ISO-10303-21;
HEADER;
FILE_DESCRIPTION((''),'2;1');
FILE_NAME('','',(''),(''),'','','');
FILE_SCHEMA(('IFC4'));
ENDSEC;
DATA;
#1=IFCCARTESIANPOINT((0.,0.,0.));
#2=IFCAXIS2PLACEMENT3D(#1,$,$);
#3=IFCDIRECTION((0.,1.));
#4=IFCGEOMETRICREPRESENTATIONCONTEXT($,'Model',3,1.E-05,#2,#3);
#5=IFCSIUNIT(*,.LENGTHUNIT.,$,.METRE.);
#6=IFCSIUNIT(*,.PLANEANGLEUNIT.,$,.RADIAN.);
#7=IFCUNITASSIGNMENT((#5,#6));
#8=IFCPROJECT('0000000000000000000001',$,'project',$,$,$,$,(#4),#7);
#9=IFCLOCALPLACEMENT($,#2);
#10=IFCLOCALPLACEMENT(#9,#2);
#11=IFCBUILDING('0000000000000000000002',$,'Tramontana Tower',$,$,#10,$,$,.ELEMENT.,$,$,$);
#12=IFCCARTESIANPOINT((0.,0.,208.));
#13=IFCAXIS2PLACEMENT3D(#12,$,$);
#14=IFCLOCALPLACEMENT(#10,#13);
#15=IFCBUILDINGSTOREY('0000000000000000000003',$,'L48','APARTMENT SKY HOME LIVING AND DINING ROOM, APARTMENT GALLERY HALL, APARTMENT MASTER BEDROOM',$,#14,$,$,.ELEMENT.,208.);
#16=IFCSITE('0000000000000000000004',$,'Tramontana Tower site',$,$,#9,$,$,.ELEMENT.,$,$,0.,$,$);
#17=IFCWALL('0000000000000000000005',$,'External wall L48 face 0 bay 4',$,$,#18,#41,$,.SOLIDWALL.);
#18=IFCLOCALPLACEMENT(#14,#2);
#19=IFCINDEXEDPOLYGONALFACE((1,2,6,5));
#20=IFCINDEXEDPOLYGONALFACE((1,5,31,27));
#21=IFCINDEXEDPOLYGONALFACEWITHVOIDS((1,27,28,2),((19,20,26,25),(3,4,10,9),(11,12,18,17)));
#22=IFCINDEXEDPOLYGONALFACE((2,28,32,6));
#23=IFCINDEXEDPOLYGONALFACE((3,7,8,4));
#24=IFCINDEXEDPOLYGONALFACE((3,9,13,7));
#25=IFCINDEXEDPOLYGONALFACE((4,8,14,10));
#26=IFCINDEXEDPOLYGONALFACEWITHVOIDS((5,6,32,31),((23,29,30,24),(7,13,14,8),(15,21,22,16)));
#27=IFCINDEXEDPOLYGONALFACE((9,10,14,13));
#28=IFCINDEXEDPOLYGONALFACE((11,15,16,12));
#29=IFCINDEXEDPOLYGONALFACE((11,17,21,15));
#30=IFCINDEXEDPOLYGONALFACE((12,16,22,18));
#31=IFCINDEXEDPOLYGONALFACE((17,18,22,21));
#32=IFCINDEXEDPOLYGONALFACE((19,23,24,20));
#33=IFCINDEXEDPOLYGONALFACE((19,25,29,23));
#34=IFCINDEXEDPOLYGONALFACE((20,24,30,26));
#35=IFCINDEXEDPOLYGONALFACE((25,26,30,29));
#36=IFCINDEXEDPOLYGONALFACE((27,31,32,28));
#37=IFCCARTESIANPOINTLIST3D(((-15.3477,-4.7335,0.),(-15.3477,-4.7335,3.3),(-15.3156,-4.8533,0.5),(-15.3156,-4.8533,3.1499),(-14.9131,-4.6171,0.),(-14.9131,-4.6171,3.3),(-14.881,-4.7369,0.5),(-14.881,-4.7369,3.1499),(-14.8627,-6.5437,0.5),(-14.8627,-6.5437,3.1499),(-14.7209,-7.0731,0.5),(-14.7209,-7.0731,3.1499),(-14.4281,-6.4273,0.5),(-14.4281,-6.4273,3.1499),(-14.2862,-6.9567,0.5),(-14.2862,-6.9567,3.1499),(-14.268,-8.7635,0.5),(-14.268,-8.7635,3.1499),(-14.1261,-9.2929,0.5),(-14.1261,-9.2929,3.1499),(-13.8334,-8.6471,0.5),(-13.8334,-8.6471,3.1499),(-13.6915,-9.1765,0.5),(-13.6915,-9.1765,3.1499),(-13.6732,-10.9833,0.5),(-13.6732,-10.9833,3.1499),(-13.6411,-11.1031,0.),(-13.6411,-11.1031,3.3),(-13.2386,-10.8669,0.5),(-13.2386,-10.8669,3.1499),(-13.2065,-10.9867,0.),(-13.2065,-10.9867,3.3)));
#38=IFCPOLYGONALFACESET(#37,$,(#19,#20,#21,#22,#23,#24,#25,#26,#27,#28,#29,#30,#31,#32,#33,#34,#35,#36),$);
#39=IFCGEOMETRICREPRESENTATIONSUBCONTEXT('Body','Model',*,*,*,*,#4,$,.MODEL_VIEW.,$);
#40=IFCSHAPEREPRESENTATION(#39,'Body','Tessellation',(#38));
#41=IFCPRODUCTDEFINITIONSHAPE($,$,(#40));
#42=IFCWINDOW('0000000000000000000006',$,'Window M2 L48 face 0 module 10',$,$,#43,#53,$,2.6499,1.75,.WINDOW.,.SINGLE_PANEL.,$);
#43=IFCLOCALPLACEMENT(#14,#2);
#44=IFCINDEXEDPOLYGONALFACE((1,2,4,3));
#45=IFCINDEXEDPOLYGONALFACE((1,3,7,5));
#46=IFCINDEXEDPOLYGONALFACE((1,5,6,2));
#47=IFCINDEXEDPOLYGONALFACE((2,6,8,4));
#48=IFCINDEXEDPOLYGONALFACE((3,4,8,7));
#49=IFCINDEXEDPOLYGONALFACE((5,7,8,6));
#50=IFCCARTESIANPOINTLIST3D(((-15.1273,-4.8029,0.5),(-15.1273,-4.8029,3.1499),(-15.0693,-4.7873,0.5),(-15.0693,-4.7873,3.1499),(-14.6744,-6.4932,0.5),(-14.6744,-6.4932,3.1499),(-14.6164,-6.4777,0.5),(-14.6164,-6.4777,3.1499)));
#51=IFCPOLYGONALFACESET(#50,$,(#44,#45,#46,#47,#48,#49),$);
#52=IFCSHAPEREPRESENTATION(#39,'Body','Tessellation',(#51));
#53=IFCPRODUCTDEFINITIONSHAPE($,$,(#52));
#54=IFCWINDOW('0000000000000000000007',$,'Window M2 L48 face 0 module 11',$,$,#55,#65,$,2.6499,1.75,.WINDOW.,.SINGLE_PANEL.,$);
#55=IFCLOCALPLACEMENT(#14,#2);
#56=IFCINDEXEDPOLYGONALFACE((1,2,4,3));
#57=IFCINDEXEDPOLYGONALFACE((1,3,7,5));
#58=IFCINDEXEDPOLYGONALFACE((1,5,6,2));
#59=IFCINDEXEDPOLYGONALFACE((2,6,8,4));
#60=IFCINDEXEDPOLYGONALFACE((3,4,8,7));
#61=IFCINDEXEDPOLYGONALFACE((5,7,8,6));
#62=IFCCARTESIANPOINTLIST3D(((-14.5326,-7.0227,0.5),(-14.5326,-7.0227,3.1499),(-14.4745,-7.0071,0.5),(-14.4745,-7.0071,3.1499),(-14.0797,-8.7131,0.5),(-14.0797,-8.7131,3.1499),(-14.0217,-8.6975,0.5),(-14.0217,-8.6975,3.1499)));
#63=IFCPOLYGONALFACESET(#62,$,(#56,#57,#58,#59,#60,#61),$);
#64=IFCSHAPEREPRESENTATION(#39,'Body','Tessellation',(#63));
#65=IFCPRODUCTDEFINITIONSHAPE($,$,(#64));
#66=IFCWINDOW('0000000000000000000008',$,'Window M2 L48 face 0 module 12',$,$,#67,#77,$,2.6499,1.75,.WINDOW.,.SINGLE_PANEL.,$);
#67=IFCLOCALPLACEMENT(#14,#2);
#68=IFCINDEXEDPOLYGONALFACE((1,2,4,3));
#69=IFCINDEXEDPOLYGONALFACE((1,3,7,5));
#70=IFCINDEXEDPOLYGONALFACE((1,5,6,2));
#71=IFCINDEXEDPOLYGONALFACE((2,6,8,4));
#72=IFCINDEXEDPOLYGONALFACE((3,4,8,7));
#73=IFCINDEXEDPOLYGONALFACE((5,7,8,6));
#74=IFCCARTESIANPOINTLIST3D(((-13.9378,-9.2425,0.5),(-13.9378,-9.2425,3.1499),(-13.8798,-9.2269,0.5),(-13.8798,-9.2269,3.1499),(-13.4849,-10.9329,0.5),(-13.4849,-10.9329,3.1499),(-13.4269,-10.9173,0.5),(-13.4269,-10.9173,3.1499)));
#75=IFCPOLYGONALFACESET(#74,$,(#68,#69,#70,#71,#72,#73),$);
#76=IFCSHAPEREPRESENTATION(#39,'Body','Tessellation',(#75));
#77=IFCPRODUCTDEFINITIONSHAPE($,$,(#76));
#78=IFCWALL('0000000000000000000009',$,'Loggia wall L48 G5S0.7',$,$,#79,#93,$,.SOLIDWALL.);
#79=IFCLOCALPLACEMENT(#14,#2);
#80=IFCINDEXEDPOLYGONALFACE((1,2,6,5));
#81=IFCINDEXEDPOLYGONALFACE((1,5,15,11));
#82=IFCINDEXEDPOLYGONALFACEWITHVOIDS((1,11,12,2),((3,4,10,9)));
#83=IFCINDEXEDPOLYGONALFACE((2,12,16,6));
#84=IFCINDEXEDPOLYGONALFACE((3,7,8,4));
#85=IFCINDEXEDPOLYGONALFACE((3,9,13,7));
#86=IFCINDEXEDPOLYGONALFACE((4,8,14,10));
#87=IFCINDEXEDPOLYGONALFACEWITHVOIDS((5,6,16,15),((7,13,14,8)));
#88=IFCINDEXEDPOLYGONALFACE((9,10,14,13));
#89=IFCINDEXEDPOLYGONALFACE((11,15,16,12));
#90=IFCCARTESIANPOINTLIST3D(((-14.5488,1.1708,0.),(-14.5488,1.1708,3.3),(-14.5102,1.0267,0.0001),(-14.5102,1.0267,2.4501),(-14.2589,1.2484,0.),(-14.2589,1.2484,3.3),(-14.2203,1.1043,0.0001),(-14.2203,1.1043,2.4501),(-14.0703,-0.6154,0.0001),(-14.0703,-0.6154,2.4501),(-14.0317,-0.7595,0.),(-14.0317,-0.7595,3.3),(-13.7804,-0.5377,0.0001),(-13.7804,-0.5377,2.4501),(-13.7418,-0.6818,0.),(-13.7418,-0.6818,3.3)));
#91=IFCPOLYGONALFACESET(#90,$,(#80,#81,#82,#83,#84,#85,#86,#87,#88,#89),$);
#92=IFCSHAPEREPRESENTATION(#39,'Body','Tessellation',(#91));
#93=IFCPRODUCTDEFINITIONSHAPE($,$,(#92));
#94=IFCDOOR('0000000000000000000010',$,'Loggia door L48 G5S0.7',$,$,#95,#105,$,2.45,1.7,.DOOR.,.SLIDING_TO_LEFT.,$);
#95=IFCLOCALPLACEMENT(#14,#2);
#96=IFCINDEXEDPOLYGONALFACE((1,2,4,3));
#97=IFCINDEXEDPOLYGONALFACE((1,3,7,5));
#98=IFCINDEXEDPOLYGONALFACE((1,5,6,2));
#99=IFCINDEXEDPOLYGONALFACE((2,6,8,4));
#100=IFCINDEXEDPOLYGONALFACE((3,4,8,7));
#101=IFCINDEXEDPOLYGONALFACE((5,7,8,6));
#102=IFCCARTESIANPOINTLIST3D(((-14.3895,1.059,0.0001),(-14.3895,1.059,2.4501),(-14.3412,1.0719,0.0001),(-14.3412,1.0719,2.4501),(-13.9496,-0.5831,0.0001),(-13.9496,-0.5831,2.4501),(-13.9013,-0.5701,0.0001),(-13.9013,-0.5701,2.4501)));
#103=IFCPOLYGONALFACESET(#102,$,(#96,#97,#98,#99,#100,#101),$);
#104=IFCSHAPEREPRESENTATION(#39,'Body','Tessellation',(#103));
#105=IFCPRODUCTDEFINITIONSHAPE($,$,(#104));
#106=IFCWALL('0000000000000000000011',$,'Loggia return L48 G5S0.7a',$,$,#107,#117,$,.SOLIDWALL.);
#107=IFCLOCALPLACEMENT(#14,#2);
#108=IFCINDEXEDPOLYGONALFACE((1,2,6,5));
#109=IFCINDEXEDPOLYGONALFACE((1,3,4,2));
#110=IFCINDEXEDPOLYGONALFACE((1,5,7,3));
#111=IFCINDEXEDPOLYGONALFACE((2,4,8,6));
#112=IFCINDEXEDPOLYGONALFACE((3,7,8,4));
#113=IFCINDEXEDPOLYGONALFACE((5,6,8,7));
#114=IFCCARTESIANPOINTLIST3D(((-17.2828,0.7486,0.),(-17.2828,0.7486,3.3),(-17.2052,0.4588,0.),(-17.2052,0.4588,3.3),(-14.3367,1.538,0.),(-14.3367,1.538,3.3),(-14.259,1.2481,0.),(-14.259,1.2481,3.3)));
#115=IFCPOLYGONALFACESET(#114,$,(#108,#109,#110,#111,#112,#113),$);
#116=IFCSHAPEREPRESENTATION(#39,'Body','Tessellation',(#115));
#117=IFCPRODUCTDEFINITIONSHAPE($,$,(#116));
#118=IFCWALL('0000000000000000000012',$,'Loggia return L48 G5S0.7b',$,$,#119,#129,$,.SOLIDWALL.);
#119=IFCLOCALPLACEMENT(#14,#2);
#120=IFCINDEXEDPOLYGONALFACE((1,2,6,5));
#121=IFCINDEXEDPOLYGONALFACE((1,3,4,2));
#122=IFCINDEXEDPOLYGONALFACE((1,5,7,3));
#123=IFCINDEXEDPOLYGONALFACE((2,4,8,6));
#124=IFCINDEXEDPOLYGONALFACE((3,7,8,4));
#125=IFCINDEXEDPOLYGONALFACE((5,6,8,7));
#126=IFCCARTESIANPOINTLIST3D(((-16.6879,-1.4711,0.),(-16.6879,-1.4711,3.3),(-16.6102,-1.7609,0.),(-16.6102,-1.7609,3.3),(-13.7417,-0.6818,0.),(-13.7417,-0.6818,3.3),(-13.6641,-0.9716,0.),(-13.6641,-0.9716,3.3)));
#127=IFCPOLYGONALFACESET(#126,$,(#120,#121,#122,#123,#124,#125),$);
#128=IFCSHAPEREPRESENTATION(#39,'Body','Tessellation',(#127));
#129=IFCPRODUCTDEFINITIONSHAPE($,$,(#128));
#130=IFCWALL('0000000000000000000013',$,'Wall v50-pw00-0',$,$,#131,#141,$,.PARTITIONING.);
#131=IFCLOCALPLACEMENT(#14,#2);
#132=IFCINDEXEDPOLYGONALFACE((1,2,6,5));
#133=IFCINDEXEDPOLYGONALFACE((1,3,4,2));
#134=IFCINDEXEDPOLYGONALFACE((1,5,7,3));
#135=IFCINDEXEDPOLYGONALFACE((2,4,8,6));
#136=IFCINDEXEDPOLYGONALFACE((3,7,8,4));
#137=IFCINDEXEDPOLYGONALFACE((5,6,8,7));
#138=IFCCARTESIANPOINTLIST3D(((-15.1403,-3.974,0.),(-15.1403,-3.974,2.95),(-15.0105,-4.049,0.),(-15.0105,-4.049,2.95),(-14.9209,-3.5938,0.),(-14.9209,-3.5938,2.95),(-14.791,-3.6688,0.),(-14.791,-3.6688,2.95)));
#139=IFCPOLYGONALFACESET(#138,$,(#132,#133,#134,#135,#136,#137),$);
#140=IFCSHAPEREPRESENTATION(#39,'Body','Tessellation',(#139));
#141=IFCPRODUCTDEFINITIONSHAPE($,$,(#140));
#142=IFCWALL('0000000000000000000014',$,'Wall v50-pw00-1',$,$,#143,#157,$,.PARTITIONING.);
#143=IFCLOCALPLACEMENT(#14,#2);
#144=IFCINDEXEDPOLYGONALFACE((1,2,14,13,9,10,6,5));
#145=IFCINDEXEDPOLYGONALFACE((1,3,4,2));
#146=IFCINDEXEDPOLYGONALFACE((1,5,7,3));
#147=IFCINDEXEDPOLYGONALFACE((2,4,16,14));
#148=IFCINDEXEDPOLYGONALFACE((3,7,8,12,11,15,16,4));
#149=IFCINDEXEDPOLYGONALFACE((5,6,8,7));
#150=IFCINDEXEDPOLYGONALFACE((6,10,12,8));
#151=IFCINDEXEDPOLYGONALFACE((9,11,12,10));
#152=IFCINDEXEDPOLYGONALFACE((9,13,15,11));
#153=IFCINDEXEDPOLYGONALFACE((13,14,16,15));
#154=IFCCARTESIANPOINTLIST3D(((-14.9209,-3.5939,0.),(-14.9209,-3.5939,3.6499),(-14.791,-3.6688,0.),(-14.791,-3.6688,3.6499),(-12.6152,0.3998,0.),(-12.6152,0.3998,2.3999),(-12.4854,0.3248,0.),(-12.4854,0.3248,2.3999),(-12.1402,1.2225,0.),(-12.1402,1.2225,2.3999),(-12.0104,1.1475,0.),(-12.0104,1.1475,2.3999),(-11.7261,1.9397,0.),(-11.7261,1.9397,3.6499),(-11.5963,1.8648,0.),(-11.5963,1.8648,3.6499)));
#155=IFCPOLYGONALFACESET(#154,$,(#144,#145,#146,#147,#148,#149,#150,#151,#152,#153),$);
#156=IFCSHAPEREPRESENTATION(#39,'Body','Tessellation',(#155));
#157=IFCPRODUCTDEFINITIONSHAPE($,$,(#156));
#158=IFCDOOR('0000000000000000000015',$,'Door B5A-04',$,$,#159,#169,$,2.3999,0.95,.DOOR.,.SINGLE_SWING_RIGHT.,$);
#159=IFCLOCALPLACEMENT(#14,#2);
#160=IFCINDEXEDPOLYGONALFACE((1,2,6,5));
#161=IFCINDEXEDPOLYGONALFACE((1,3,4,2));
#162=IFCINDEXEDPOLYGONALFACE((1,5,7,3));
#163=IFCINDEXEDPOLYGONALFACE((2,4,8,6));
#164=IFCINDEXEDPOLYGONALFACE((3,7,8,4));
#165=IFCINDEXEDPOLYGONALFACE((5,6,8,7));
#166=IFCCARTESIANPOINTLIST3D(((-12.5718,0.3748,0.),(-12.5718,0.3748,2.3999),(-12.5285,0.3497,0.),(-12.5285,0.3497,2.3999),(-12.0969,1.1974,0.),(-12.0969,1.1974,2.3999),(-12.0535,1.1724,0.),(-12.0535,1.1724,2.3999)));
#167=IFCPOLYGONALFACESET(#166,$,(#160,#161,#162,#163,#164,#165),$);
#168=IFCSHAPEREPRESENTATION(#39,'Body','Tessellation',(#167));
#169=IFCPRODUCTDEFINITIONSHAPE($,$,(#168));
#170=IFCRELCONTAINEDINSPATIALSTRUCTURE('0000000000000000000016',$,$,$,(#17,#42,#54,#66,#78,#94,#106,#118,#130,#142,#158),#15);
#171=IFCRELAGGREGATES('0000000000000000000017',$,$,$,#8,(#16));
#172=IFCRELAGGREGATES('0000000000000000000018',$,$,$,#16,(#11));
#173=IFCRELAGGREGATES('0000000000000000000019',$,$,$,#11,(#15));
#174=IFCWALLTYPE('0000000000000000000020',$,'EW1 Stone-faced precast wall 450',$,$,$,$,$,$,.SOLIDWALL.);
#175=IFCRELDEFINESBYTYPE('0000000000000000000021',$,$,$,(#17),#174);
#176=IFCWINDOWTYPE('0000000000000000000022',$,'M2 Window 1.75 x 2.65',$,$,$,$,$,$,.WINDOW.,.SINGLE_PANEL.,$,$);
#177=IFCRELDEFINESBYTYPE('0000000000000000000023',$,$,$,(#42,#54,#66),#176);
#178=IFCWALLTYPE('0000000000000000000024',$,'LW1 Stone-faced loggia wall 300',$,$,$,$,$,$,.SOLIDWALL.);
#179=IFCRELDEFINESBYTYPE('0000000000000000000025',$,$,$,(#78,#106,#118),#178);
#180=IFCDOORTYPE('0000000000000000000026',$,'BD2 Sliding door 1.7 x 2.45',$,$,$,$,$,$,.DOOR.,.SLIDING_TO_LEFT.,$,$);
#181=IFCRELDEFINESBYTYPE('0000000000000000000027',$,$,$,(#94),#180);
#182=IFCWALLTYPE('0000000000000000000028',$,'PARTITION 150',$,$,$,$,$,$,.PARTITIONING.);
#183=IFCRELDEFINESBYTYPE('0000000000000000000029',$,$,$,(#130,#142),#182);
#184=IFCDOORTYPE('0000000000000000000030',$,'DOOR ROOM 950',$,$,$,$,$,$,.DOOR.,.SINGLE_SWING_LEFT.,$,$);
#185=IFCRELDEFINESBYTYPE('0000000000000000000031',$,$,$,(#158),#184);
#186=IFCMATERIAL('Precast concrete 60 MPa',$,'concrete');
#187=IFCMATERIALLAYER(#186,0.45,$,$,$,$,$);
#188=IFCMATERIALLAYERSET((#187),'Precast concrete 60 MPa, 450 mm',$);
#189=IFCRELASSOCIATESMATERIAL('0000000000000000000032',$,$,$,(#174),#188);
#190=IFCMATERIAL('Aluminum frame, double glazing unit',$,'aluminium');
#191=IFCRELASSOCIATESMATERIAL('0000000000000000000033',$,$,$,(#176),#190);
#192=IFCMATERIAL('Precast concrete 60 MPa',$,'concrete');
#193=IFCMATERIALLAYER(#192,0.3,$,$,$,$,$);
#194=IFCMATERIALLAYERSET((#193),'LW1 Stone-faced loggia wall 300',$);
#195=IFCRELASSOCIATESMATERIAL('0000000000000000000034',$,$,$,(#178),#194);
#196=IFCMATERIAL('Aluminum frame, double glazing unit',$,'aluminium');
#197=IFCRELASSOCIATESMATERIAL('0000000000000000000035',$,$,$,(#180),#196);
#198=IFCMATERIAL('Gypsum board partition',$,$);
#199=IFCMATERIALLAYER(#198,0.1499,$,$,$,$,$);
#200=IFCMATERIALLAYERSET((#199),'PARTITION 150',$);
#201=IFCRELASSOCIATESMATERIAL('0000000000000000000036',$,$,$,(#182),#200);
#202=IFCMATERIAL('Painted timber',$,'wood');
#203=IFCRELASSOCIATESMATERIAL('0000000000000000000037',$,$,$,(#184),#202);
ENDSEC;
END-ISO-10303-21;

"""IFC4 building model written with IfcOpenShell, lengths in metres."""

from ifc_helpers import new_model, si_unit, direction, frame, frame_2d, origin, place, context, subcontext, project, spatial, rectangle, extrude, material, layer, layer_set, type_object, element, fill, save


model = new_model("IFC4")

# Units and contexts
model_context = context("Model", 3, precision=1e-05, world=origin(), true_north=direction((0.0, 1.0)))
body_context = subcontext(model_context, "Body", "Model", "MODEL_VIEW")
ifc_project = project(units=[si_unit("LENGTHUNIT", "METRE"), si_unit("PLANEANGLEUNIT", "RADIAN")], contexts=[model_context])

# Site, building, storey
site_placement = place(None, origin())
site = spatial("IfcSite", under=ifc_project, at=site_placement, Name="Tramontana Tower site", CompositionType="ELEMENT", RefElevation=0.0)
building_placement = place(site_placement, origin())
building = spatial("IfcBuilding", under=site, at=building_placement, Name="Tramontana Tower", CompositionType="ELEMENT")
storey_placement = place(building_placement, frame((0.0, 0.0, 208.0)))
storey = spatial("IfcBuildingStorey", under=building, at=storey_placement, Name="L48", Description="APARTMENT SKY HOME LIVING AND DINING ROOM, APARTMENT GALLERY HALL, APARTMENT MASTER BEDROOM", CompositionType="ELEMENT", Elevation=208.0)

# Shared definitions
ifc_material_1 = material(Name="Precast concrete 60 MPa", Category="concrete")
ifc_layer_1 = layer(ifc_material_1, 0.45)
ifc_layer_set_1 = layer_set([ifc_layer_1], Name="Precast concrete 60 MPa, 450 mm")
wall_type_1 = type_object("IfcWallType", Name="EW1 Stone-faced precast wall 450", PredefinedType="SOLIDWALL", material=ifc_layer_set_1)
ifc_material_2 = material(Name="Aluminum frame, double glazing unit", Category="aluminium")
window_type = type_object("IfcWindowType", Name="M2 Window 1.75 x 2.65", PartitioningType="SINGLE_PANEL", PredefinedType="WINDOW", material=ifc_material_2)

# Wall, openings, windows
wall_1_placement = place(storey_placement, frame((-15.1304, -4.6753, 0.0), z_axis=(0.0, 0.0, 1.0), x_axis=(0.258792, -0.965933, 0.0)))
wall_1 = element("IfcWall", 1, at=wall_1_placement, inside=storey, type_object=wall_type_1, Name="External wall L48 face 0 bay 4", PredefinedType="SOLIDWALL", context=body_context, shape_type="SweptSolid", body=[
    extrude(rectangle(XDim=6.5942, YDim=0.45, at=frame_2d((3.2971, 0.0))), origin(), (0.0, 0.0, 1.0), 3.3),
])
opening_1_placement = place(wall_1_placement, frame((0.124, 0.0, 0.5)))
opening_1 = element("IfcOpeningElement", 2, at=opening_1_placement, cuts=wall_1, PredefinedType="OPENING", context=body_context, shape_type="SweptSolid", body=[
    extrude(rectangle(XDim=1.75, YDim=2.6499, at=frame_2d((0.875, 1.325))), frame((0.0, 0.2349, 0.0), z_axis=(0.0, -1.0, 0.0), x_axis=(1.0, 0.0, 0.0)), (0.0, 0.0, 1.0), 0.47),
])
opening_2_placement = place(wall_1_placement, frame((2.4221, 0.0, 0.5)))
opening_2 = element("IfcOpeningElement", 3, at=opening_2_placement, cuts=wall_1, PredefinedType="OPENING", context=body_context, shape_type="SweptSolid", body=[
    extrude(rectangle(XDim=1.75, YDim=2.6499, at=frame_2d((0.875, 1.325))), frame((0.0, 0.2349, 0.0), z_axis=(0.0, -1.0, 0.0), x_axis=(1.0, 0.0, 0.0)), (0.0, 0.0, 1.0), 0.47),
])
opening_3_placement = place(wall_1_placement, frame((4.7202, 0.0, 0.5)))
opening_3 = element("IfcOpeningElement", 4, at=opening_3_placement, cuts=wall_1, PredefinedType="OPENING", context=body_context, shape_type="SweptSolid", body=[
    extrude(rectangle(XDim=1.75, YDim=2.6499, at=frame_2d((0.875, 1.325))), frame((0.0, 0.2349, 0.0), z_axis=(0.0, -1.0, 0.0), x_axis=(1.0, 0.0, 0.0)), (0.0, 0.0, 1.0), 0.47),
])
window_1_placement = place(opening_1_placement, origin())
window_1 = element("IfcWindow", 5, at=window_1_placement, inside=storey, type_object=window_type, Name="Window M2 L48 face 0 module 10", OverallHeight=2.6499, OverallWidth=1.75, PartitioningType="SINGLE_PANEL", PredefinedType="WINDOW", context=body_context, shape_type="SweptSolid", body=[
    extrude(rectangle(XDim=1.75, YDim=2.6499, at=frame_2d((0.875, 1.325))), frame((0.0, 0.03, 0.0), z_axis=(0.0, -1.0, 0.0), x_axis=(1.0, 0.0, 0.0)), (0.0, 0.0, 1.0), 0.0601),
])
fill(opening_1, window_1)
window_2_placement = place(opening_2_placement, origin())
window_2 = element("IfcWindow", 6, at=window_2_placement, inside=storey, type_object=window_type, Name="Window M2 L48 face 0 module 11", OverallHeight=2.6499, OverallWidth=1.75, PartitioningType="SINGLE_PANEL", PredefinedType="WINDOW", context=body_context, shape_type="SweptSolid", body=[
    extrude(rectangle(XDim=1.75, YDim=2.6499, at=frame_2d((0.875, 1.325))), frame((0.0, 0.03, 0.0), z_axis=(0.0, -1.0, 0.0), x_axis=(1.0, 0.0, 0.0)), (0.0, 0.0, 1.0), 0.0601),
])
fill(opening_2, window_2)
window_3_placement = place(opening_3_placement, origin())
window_3 = element("IfcWindow", 7, at=window_3_placement, inside=storey, type_object=window_type, Name="Window M2 L48 face 0 module 12", OverallHeight=2.6499, OverallWidth=1.75, PartitioningType="SINGLE_PANEL", PredefinedType="WINDOW", context=body_context, shape_type="SweptSolid", body=[
    extrude(rectangle(XDim=1.75, YDim=2.6499, at=frame_2d((0.875, 1.325))), frame((0.0, 0.03, 0.0), z_axis=(0.0, -1.0, 0.0), x_axis=(1.0, 0.0, 0.0)), (0.0, 0.0, 1.0), 0.0601),
])
fill(opening_3, window_3)

# Wall, opening, door
ifc_material_3 = material(Name="Precast concrete 60 MPa", Category="concrete")
ifc_layer_2 = layer(ifc_material_3, 0.3)
ifc_layer_set_2 = layer_set([ifc_layer_2], Name="LW1 Stone-faced loggia wall 300")
wall_type_2 = type_object("IfcWallType", Name="LW1 Stone-faced loggia wall 300", PredefinedType="SOLIDWALL", material=ifc_layer_set_2)
wall_2_placement = place(storey_placement, frame((-14.4038, 1.2095, 0.0), z_axis=(0.0, 0.0, 1.0), x_axis=(0.258773, -0.965938, 0.0)))
wall_2 = element("IfcWall", 8, at=wall_2_placement, inside=storey, type_object=wall_type_2, Name="Loggia wall L48 G5S0.7", PredefinedType="SOLIDWALL", context=body_context, shape_type="SweptSolid", body=[
    extrude(rectangle(XDim=1.9983, YDim=0.3, at=frame_2d((0.999, 0.0))), origin(), (0.0, 0.0, 1.0), 3.3),
])
opening_4_placement = place(wall_2_placement, frame((0.1489, 0.0, 0.0)))
opening_4 = element("IfcOpeningElement", 9, at=opening_4_placement, cuts=wall_2, PredefinedType="OPENING", context=body_context, shape_type="SweptSolid", body=[
    extrude(rectangle(XDim=1.7, YDim=2.45, at=frame_2d((0.8501, 1.2251))), frame((0.0, 0.1599, 0.0), z_axis=(0.0, -1.0, 0.0), x_axis=(1.0, 0.0, 0.0)), (0.0, 0.0, 1.0), 0.3201),
])
ifc_material_4 = material(Name="Aluminum frame, double glazing unit", Category="aluminium")
door_type_1 = type_object("IfcDoorType", Name="BD2 Sliding door 1.7 x 2.45", OperationType="SLIDING_TO_LEFT", PredefinedType="DOOR", material=ifc_material_4)
door_1_placement = place(opening_4_placement, origin())
door_1 = element("IfcDoor", 10, at=door_1_placement, inside=storey, type_object=door_type_1, Name="Loggia door L48 G5S0.7", OperationType="SLIDING_TO_LEFT", OverallHeight=2.45, OverallWidth=1.7, PredefinedType="DOOR", context=body_context, shape_type="SweptSolid", body=[
    extrude(rectangle(XDim=1.7, YDim=2.45, at=frame_2d((0.8501, 1.2251))), frame((0.0, 0.0249, 0.0), z_axis=(0.0, -1.0, 0.0), x_axis=(1.0, 0.0, 0.0)), (0.0, 0.0, 1.0), 0.05),
])
fill(opening_4, door_1)

# Walls
for number, where, z_axis, x_axis, name in (
    (11, (-17.2439, 0.6038, 0.0), (0.0, 0.0, 1.0), (0.965933, 0.258793, 0.0), "Loggia return L48 G5S0.7a"),
    (12, (-16.6489, -1.616, 0.0), (0.0, 0.0, 1.0), (0.965933, 0.258793, 0.0), "Loggia return L48 G5S0.7b"),
):
    element("IfcWall", number, at=place(storey_placement, frame(where, z_axis=z_axis, x_axis=x_axis)), inside=storey, type_object=wall_type_2, Name=name, PredefinedType="SOLIDWALL", context=body_context, shape_type="SweptSolid", body=[
        extrude(rectangle(XDim=3.05, YDim=0.3, at=frame_2d((1.5249, 0.0))), origin(), (0.0, 0.0, 1.0), 3.3),
    ])
ifc_material_5 = material(Name="Gypsum board partition")
ifc_layer_3 = layer(ifc_material_5, 0.1499)
ifc_layer_set_3 = layer_set([ifc_layer_3], Name="PARTITION 150")
wall_type_3 = type_object("IfcWallType", Name="PARTITION 150", PredefinedType="PARTITIONING", material=ifc_layer_set_3)
wall_3_placement = place(storey_placement, frame((-15.0754, -4.0115, 0.0), z_axis=(0.0, 0.0, 1.0), x_axis=(0.500027, 0.86601, 0.0)))
element("IfcWall", 13, at=wall_3_placement, inside=storey, type_object=wall_type_3, Name="Wall v50-pw00-0", PredefinedType="PARTITIONING", context=body_context, shape_type="SweptSolid", body=[
    extrude(rectangle(XDim=0.439, YDim=0.1499, at=frame_2d((0.2195, 0.0))), origin(), (0.0, 0.0, 1.0), 2.95),
])

# Wall, opening, door
wall_4_placement = place(storey_placement, frame((-14.856, -3.6313, 0.0), z_axis=(0.0, 0.0, 1.0), x_axis=(0.499994, 0.866029, 0.0)))
wall_4 = element("IfcWall", 14, at=wall_4_placement, inside=storey, type_object=wall_type_3, Name="Wall v50-pw00-1", PredefinedType="PARTITIONING", context=body_context, shape_type="SweptSolid", body=[
    extrude(rectangle(XDim=6.3896, YDim=0.1499, at=frame_2d((3.1948, 0.0))), origin(), (0.0, 0.0, 1.0), 3.6499),
])
opening_5_placement = place(wall_4_placement, frame((4.6113, 0.0, 0.0)))
opening_5 = element("IfcOpeningElement", 15, at=opening_5_placement, cuts=wall_4, PredefinedType="OPENING", context=body_context, shape_type="SweptSolid", body=[
    extrude(rectangle(XDim=0.95, YDim=2.3999, at=frame_2d((0.4751, 1.2))), frame((0.0, 0.085, 0.0), z_axis=(0.0, -1.0, 0.0), x_axis=(1.0, 0.0, 0.0)), (0.0, 0.0, 1.0), 0.1699),
])
ifc_material_6 = material(Name="Painted timber", Category="wood")
door_type_2 = type_object("IfcDoorType", Name="DOOR ROOM 950", OperationType="SINGLE_SWING_LEFT", PredefinedType="DOOR", material=ifc_material_6)
door_2_placement = place(opening_5_placement, origin())
door_2 = element("IfcDoor", 16, at=door_2_placement, inside=storey, type_object=door_type_2, Name="Door B5A-04", OperationType="SINGLE_SWING_RIGHT", OverallHeight=2.3999, OverallWidth=0.95, PredefinedType="DOOR", context=body_context, shape_type="SweptSolid", body=[
    extrude(rectangle(XDim=0.95, YDim=2.3999, at=frame_2d((0.4751, 1.2))), frame((0.0, 0.0249, 0.0), z_axis=(0.0, -1.0, 0.0), x_axis=(1.0, 0.0, 0.0)), (0.0, 0.0, 1.0), 0.05),
])
fill(opening_5, door_2)

save(model, "model.ifc")
